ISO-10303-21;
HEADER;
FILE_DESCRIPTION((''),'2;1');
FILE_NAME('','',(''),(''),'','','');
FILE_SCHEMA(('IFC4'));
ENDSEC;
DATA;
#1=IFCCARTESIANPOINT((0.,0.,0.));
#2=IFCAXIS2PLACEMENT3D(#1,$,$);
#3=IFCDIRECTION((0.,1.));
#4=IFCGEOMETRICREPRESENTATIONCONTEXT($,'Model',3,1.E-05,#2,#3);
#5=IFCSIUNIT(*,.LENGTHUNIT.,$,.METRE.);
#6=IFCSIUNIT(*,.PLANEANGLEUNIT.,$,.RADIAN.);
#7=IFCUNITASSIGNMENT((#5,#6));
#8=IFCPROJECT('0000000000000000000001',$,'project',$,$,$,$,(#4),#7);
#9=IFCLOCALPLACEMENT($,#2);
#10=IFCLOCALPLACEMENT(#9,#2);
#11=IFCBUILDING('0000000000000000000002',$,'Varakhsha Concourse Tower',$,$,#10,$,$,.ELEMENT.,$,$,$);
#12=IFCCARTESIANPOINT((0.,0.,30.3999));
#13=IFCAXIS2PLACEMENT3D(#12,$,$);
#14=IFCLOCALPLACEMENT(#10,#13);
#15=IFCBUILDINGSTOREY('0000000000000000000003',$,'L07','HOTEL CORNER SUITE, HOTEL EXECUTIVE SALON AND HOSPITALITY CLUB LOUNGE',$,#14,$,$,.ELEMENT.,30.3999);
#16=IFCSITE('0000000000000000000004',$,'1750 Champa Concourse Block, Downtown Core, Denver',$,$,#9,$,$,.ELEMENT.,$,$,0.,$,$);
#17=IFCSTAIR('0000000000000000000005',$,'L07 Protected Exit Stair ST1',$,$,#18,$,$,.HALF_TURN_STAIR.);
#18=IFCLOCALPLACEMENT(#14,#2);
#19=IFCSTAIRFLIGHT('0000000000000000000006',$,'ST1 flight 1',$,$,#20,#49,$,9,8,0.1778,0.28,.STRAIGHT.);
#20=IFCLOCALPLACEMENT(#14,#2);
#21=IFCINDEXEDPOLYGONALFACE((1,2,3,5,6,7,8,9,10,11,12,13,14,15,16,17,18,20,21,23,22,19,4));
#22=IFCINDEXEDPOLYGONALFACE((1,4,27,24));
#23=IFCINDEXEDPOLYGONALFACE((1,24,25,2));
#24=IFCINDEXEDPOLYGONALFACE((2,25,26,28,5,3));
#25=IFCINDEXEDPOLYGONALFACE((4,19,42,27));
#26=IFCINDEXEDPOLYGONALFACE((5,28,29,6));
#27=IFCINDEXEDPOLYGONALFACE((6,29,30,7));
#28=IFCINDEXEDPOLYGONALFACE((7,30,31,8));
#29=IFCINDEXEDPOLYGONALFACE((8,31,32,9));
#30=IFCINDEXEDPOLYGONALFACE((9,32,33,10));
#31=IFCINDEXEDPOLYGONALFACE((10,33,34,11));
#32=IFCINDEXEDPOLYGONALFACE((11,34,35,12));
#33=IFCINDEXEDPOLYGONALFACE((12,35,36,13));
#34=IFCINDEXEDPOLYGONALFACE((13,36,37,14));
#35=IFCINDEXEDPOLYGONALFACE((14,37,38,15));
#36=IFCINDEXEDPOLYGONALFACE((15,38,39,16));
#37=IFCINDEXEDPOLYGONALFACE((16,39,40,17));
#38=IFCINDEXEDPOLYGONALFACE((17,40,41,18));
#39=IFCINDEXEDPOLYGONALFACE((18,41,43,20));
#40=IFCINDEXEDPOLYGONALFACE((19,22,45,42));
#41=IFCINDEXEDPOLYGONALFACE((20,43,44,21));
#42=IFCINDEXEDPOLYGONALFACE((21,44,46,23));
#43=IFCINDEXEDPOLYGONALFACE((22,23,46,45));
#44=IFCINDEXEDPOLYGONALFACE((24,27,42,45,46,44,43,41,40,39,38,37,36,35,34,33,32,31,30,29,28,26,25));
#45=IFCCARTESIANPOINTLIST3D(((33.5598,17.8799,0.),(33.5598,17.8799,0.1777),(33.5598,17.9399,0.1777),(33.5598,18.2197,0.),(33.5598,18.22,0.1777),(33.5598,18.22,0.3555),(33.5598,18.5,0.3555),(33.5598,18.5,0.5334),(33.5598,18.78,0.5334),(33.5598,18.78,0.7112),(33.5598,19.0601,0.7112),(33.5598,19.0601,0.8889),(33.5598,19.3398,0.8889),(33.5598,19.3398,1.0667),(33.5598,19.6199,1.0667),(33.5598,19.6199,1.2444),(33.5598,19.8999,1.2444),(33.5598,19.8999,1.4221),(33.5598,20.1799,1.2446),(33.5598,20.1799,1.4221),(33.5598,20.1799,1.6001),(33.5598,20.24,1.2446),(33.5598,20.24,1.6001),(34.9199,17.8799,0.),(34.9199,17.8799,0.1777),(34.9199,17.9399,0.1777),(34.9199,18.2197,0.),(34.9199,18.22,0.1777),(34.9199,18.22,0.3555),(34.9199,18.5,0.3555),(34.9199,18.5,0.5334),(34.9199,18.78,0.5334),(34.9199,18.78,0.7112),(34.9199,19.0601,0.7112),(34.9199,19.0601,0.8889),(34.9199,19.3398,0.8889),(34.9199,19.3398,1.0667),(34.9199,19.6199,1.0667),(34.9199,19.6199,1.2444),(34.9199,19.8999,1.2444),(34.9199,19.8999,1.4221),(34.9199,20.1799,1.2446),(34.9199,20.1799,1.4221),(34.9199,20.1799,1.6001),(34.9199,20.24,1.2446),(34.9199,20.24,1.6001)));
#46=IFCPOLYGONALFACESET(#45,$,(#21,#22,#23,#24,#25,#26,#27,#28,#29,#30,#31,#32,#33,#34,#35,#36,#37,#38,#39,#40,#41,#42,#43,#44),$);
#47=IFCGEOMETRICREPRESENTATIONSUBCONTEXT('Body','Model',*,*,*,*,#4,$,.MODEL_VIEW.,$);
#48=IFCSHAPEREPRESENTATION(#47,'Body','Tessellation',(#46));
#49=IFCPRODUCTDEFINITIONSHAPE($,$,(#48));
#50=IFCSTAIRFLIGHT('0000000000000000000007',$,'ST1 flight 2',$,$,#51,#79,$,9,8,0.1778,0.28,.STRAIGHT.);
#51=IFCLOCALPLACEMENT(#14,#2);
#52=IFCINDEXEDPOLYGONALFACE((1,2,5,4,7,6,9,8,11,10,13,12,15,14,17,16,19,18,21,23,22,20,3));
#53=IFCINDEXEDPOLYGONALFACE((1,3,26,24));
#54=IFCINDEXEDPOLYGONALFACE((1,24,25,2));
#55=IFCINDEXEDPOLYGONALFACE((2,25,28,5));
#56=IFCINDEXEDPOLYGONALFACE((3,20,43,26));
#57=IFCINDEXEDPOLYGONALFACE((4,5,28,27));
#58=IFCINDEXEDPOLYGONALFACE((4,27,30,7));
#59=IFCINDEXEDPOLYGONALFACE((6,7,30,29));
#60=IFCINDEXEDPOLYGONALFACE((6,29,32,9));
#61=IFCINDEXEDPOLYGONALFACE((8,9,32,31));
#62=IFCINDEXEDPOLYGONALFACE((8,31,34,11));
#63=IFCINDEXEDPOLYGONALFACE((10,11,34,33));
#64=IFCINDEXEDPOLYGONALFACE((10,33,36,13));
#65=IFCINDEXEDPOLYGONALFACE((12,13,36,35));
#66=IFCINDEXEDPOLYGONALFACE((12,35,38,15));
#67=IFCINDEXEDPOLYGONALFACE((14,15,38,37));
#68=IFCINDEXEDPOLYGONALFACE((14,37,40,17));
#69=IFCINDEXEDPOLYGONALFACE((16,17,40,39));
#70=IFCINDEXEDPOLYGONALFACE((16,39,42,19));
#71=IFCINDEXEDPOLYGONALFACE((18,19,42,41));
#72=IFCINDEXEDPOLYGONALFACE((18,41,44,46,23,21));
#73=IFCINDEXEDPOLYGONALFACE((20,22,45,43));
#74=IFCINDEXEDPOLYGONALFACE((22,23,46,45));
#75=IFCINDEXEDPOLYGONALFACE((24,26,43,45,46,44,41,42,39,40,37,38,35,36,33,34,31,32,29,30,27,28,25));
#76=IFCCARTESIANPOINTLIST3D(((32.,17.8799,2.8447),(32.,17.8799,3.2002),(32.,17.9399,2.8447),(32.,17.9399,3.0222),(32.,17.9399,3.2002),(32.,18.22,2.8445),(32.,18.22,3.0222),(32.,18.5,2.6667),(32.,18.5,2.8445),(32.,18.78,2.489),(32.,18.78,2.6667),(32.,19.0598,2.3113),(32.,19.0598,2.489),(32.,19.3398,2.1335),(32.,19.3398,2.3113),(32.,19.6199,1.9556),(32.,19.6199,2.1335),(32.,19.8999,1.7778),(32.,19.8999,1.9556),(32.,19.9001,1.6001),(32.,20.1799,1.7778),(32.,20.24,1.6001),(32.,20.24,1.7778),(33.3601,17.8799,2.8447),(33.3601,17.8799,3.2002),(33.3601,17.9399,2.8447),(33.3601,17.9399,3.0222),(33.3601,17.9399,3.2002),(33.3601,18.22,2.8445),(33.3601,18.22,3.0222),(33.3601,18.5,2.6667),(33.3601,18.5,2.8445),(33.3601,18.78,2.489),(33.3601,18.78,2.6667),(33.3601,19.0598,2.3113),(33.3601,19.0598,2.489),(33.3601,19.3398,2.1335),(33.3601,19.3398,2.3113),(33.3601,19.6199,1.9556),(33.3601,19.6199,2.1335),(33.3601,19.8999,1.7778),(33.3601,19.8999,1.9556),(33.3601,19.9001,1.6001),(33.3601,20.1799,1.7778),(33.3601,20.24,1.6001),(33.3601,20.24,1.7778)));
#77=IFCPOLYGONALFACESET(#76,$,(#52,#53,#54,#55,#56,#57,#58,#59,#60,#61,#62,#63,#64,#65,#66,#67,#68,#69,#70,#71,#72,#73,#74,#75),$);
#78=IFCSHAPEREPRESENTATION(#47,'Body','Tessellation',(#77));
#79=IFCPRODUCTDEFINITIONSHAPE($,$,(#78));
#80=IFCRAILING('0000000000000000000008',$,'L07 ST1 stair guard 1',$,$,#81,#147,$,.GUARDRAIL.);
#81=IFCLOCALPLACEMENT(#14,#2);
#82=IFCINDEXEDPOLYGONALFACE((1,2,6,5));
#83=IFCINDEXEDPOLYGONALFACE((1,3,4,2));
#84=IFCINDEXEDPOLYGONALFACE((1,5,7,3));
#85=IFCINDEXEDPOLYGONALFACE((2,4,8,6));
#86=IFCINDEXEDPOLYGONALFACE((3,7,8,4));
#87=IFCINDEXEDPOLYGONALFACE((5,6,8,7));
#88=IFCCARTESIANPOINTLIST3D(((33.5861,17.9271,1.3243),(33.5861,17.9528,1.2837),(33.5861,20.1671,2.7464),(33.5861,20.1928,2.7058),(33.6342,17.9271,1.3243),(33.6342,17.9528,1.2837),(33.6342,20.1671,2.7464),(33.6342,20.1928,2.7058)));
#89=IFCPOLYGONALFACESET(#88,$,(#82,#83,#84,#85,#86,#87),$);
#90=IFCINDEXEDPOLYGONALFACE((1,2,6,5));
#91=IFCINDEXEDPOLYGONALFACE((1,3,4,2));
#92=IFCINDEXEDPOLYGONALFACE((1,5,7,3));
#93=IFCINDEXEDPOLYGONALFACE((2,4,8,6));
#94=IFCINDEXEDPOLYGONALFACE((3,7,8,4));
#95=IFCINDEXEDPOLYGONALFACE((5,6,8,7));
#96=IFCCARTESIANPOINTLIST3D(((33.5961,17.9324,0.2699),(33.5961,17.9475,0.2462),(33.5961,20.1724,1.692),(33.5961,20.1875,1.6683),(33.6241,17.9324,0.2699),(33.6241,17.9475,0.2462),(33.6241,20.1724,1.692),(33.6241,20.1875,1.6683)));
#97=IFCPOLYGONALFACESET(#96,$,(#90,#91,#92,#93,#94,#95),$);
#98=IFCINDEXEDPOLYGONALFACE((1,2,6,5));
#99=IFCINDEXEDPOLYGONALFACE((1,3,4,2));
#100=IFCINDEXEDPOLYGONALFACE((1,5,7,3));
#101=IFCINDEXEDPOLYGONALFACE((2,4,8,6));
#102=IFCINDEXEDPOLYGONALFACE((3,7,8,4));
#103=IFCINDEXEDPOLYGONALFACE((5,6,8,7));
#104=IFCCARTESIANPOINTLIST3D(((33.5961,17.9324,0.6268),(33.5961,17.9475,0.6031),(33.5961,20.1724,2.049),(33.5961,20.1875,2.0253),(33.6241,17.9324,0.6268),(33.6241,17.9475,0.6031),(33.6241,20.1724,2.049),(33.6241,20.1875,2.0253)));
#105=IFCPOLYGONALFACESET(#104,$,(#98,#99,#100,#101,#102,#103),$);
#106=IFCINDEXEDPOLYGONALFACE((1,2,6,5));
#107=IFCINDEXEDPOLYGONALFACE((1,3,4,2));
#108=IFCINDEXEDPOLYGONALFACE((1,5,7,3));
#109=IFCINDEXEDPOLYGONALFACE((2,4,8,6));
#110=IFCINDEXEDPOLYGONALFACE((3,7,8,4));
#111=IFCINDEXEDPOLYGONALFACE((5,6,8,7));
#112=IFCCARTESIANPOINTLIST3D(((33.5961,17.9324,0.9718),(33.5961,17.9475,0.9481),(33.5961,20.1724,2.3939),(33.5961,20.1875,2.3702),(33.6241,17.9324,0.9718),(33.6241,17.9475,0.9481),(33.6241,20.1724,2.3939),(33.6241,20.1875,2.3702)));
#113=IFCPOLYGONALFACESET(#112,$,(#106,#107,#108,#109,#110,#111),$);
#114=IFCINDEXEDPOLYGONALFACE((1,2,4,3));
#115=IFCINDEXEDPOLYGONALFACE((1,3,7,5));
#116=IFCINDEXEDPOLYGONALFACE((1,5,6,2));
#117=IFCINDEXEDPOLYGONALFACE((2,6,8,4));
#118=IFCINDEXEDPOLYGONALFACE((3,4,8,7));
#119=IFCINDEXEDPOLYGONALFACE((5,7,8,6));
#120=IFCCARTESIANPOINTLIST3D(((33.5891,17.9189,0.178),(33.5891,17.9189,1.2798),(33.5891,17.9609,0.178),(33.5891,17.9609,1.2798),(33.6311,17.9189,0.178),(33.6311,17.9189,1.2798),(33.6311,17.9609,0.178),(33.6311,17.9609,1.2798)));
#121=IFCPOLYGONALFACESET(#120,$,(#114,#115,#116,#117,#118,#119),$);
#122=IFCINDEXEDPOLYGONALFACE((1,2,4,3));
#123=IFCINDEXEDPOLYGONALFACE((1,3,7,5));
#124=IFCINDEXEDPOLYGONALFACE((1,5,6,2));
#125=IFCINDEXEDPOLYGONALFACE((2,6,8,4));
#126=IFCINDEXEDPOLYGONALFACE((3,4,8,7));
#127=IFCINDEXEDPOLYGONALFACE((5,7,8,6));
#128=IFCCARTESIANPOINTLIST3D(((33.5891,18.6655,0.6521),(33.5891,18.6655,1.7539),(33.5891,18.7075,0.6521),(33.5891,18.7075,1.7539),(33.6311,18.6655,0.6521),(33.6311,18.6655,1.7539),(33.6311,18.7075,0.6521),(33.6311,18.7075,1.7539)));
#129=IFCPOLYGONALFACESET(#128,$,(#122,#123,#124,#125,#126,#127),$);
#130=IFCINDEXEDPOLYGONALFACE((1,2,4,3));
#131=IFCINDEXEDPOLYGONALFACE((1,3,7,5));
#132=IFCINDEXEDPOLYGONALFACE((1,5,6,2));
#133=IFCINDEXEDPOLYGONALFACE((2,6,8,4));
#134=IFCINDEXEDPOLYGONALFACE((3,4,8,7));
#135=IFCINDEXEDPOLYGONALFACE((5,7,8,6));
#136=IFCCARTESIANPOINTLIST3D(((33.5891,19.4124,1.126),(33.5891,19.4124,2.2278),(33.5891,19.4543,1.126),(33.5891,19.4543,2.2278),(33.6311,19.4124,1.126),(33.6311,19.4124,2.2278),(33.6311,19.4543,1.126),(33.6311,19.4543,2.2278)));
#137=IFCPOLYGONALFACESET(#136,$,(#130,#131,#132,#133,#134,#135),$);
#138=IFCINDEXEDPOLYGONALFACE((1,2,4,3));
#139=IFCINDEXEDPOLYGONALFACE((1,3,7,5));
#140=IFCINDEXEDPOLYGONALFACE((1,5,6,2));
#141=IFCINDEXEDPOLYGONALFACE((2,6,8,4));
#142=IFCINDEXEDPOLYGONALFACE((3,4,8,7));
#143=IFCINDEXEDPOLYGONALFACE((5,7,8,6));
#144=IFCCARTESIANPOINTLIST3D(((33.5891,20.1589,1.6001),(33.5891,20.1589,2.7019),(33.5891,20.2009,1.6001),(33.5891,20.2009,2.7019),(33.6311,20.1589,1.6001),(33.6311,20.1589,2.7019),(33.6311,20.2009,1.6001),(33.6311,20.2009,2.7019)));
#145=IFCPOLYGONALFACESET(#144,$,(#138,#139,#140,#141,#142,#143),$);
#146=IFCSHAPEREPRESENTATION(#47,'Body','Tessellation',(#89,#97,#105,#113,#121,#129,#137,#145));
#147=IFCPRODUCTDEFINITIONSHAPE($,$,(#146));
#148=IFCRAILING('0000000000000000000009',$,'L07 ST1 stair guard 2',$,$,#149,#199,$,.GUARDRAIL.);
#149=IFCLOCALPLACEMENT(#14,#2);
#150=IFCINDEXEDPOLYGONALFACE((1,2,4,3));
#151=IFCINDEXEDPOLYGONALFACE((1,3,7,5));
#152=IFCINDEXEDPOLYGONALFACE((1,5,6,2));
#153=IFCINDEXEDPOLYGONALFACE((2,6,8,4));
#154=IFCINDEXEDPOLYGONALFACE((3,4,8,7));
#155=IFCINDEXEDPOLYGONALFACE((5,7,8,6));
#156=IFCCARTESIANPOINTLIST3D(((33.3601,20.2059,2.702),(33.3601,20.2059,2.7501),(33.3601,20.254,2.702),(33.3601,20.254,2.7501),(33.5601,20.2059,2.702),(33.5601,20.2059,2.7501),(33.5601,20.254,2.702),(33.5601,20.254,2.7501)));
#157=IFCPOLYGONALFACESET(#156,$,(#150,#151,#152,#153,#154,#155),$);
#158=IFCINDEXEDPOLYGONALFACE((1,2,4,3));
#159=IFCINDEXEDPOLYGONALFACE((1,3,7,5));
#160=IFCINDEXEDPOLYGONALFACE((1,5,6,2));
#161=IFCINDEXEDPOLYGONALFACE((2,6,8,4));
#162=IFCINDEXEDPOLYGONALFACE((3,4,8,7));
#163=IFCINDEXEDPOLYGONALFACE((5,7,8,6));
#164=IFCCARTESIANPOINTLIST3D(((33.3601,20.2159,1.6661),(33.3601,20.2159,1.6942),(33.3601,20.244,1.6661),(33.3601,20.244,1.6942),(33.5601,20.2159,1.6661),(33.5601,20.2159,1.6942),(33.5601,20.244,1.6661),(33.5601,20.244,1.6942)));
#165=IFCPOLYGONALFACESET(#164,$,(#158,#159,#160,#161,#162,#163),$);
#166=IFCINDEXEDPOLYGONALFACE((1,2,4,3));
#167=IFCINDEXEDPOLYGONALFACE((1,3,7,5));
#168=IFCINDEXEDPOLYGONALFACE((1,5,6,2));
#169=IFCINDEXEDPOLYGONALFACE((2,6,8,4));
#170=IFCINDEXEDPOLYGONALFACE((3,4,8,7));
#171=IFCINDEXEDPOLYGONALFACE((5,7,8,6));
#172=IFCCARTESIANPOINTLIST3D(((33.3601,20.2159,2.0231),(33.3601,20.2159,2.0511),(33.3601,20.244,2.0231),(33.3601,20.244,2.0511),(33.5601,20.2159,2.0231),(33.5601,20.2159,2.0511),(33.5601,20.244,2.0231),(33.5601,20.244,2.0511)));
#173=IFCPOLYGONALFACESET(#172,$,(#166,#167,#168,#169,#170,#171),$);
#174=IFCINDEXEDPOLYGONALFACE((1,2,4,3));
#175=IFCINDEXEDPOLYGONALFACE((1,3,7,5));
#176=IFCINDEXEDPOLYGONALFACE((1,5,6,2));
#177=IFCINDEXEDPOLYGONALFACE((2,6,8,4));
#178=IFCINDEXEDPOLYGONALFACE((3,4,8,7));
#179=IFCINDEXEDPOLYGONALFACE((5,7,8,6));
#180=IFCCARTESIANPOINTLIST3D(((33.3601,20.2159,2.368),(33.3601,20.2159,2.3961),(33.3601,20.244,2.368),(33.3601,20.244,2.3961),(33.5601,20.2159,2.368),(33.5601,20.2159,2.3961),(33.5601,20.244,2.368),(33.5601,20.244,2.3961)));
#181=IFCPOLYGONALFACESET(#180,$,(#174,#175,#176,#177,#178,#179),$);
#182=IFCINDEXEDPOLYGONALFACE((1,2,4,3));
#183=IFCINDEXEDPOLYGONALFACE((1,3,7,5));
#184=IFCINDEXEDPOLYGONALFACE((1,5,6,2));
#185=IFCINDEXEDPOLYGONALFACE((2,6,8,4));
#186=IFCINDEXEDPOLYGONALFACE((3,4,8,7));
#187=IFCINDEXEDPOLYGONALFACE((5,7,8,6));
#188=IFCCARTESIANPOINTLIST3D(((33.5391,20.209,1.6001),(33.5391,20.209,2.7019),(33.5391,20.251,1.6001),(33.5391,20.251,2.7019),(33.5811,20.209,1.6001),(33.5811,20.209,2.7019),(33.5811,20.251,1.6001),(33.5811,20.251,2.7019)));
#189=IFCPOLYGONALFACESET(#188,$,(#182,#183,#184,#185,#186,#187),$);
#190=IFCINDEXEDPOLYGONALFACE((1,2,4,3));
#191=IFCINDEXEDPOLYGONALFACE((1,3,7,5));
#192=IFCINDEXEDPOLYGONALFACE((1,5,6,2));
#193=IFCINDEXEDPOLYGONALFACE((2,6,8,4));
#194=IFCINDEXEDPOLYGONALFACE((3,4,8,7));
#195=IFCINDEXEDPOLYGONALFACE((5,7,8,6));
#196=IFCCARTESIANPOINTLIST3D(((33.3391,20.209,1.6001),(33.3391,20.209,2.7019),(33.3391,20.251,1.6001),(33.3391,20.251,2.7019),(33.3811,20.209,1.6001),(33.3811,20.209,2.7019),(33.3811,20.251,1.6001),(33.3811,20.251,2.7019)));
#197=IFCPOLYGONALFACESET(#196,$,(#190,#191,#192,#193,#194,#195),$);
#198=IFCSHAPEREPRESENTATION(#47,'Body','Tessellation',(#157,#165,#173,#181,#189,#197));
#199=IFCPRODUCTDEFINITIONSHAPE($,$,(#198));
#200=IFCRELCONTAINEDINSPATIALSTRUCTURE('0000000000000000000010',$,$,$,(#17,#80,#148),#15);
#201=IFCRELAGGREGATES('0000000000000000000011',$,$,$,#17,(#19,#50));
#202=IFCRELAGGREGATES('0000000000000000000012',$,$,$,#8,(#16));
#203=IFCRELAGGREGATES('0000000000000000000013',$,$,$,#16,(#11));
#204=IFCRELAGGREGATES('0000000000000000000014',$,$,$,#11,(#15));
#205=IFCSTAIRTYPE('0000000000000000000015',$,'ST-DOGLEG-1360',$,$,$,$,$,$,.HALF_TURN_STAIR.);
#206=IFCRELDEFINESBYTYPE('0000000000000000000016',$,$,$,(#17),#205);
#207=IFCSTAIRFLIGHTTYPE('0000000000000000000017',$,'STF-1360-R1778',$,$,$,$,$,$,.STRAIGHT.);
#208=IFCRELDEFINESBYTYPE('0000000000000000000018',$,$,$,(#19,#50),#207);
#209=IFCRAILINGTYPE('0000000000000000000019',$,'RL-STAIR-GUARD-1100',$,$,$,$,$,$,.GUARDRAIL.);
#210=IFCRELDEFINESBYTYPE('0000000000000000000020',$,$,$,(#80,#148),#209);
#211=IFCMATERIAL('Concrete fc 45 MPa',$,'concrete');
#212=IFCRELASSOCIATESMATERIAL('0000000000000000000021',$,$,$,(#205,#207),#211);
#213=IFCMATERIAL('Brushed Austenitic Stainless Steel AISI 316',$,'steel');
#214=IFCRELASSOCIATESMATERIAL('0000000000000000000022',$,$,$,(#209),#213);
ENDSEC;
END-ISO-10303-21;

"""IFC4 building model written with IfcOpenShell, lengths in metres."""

from ifc_helpers import new_model, si_unit, direction, frame, origin, origin_2d, place, context, subcontext, project, spatial, polyline, rectangle, outline, extrude, material, type_object, element, aggregate, save


model = new_model("IFC4")

# Units and contexts
model_context = context("Model", 3, precision=1e-05, world=origin(), true_north=direction((0.0, 1.0)))
body_context = subcontext(model_context, "Body", "Model", "MODEL_VIEW")
ifc_project = project(units=[si_unit("LENGTHUNIT", "METRE"), si_unit("PLANEANGLEUNIT", "RADIAN")], contexts=[model_context])

# Site, building, storey
site_placement = place(None, origin())
site = spatial("IfcSite", under=ifc_project, at=site_placement, Name="1750 Champa Concourse Block, Downtown Core, Denver", CompositionType="ELEMENT", RefElevation=0.0)
building_placement = place(site_placement, origin())
building = spatial("IfcBuilding", under=site, at=building_placement, Name="Varakhsha Concourse Tower", CompositionType="ELEMENT")
storey_placement = place(building_placement, frame((0.0, 0.0, 30.3999)))
storey = spatial("IfcBuildingStorey", under=building, at=storey_placement, Name="L07", Description="HOTEL CORNER SUITE, HOTEL EXECUTIVE SALON AND HOSPITALITY CLUB LOUNGE", CompositionType="ELEMENT", Elevation=30.3999)

# Shared definitions
ifc_material_1 = material(Name="Brushed Austenitic Stainless Steel AISI 316", Category="steel")

# Shared definitions
ifc_material_2 = material(Name="Concrete fc 45 MPa", Category="concrete")

# Stair, stair flights
stair_type = type_object("IfcStairType", Name="ST-DOGLEG-1360", PredefinedType="HALF_TURN_STAIR", material=ifc_material_2)
stair_placement = place(storey_placement, origin())
stair = element("IfcStair", 1, at=stair_placement, inside=storey, type_object=stair_type, Name="L07 Protected Exit Stair ST1", PredefinedType="HALF_TURN_STAIR")
stair_flight_type = type_object("IfcStairFlightType", Name="STF-1360-R1778", PredefinedType="STRAIGHT", material=ifc_material_2)
stair_flight_1_placement = place(storey_placement, frame((34.24, 17.9399, 0.0), z_axis=(0.0, 0.0, 1.0), x_axis=(0.0, 1.0, 0.0)))
stair_flight_1 = element("IfcStairFlight", 2, at=stair_flight_1_placement, type_object=stair_flight_type, Name="ST1 flight 1", NumberOfRisers=9, NumberOfTreads=8, PredefinedType="STRAIGHT", RiserHeight=0.1778, TreadLength=0.28, context=body_context, shape_type="SweptSolid", body=[
    extrude(outline(polyline([(-0.0601, 0.0), (-0.0601, 0.1777), (0.0, 0.1777), (0.28, 0.1777), (0.28, 0.3555), (0.5601, 0.3555), (0.5601, 0.5334), (0.8401, 0.5334), (0.8401, 0.7112), (1.1201, 0.7112), (1.1201, 0.8889), (1.3999, 0.8889), (1.3999, 1.0667), (1.6799, 1.0667), (1.6799, 1.2444), (1.96, 1.2444), (1.96, 1.4221), (2.24, 1.4221), (2.24, 1.6001), (2.3, 1.6001), (2.3, 1.2446), (2.24, 1.2446), (0.2798, 0.0), (-0.0601, 0.0)])), frame((0.0, 0.6802, 0.0), z_axis=(0.0, -1.0, 0.0), x_axis=(1.0, 0.0, 0.0)), (0.0, 0.0, 1.0), 1.3601),
])
stair_flight_2_placement = place(storey_placement, frame((32.6799, 20.1799, 1.6001), z_axis=(0.0, 0.0, 1.0), x_axis=(0.0, -1.0, 0.0)))
stair_flight_2 = element("IfcStairFlight", 3, at=stair_flight_2_placement, type_object=stair_flight_type, Name="ST1 flight 2", NumberOfRisers=9, NumberOfTreads=8, PredefinedType="STRAIGHT", RiserHeight=0.1778, TreadLength=0.28, context=body_context, shape_type="SweptSolid", body=[
    extrude(outline(polyline([(-0.0601, 0.0), (-0.0601, 0.1777), (0.0, 0.1777), (0.28, 0.1777), (0.28, 0.3555), (0.5601, 0.3555), (0.5601, 0.5334), (0.8401, 0.5334), (0.8401, 0.7112), (1.1201, 0.7112), (1.1201, 0.8889), (1.3999, 0.8889), (1.3999, 1.0667), (1.6799, 1.0667), (1.6799, 1.2444), (1.96, 1.2444), (1.96, 1.4221), (2.24, 1.4221), (2.24, 1.6001), (2.3, 1.6001), (2.3, 1.2446), (2.24, 1.2446), (0.2798, 0.0), (-0.0601, 0.0)])), frame((0.0, 0.6802, 0.0), z_axis=(0.0, -1.0, 0.0), x_axis=(1.0, 0.0, 0.0)), (0.0, 0.0, 1.0), 1.3601),
])
aggregate(stair, [stair_flight_1, stair_flight_2])

# Railings
railing_type_1 = type_object("IfcRailingType", Name="RL-STAIR-GUARD-1100", PredefinedType="GUARDRAIL", material=ifc_material_1)
railing_1_placement = place(storey_placement, frame((33.6101, 17.9399, 0.178)))
element("IfcRailing", 4, at=railing_1_placement, inside=storey, type_object=railing_type_1, Name="L07 ST1 stair guard 1", PredefinedType="GUARDRAIL", context=body_context, shape_type="SweptSolid", body=[
    extrude(rectangle(XDim=0.0481, YDim=0.0481, at=origin_2d()), frame((0.0, 0.0, 1.126), z_axis=(0.0, 0.844229, 0.535982), x_axis=(-1.0, 0.0, 0.0)), (0.0, 0.0, 1.0), 2.6533),
    extrude(rectangle(XDim=0.0281, YDim=0.0281, at=origin_2d()), frame((0.0, 0.0, 0.0801), z_axis=(0.0, 0.844229, 0.535982), x_axis=(-1.0, 0.0, 0.0)), (0.0, 0.0, 1.0), 2.6533),
    extrude(rectangle(XDim=0.0281, YDim=0.0281, at=origin_2d()), frame((0.0, 0.0, 0.437), z_axis=(0.0, 0.844229, 0.535982), x_axis=(-1.0, 0.0, 0.0)), (0.0, 0.0, 1.0), 2.6533),
    extrude(rectangle(XDim=0.0281, YDim=0.0281, at=origin_2d()), frame((0.0, 0.0, 0.782), z_axis=(0.0, 0.844229, 0.535982), x_axis=(-1.0, 0.0, 0.0)), (0.0, 0.0, 1.0), 2.6533),
    extrude(rectangle(XDim=0.042, YDim=0.042, at=origin_2d()), origin(), (0.0, 0.0, 1.0), 1.1018),
    extrude(rectangle(XDim=0.042, YDim=0.042, at=origin_2d()), frame((0.0, 0.7466, 0.4741)), (0.0, 0.0, 1.0), 1.1018),
    extrude(rectangle(XDim=0.042, YDim=0.042, at=origin_2d()), frame((0.0, 1.4934, 0.948)), (0.0, 0.0, 1.0), 1.1018),
    extrude(rectangle(XDim=0.042, YDim=0.042, at=origin_2d()), frame((0.0, 2.24, 1.4221)), (0.0, 0.0, 1.0), 1.1018),
])
railing_2_placement = place(storey_placement, frame((33.5601, 20.23, 1.6001)))
element("IfcRailing", 5, at=railing_2_placement, inside=storey, type_object=railing_type_1, Name="L07 ST1 stair guard 2", PredefinedType="GUARDRAIL", context=body_context, shape_type="SweptSolid", body=[
    extrude(rectangle(XDim=0.0481, YDim=0.0481, at=origin_2d()), frame((0.0, 0.0, 1.126), z_axis=(-1.0, 0.0, 0.0), x_axis=(0.0, -1.0, 0.0)), (0.0, 0.0, 1.0), 0.2),
    extrude(rectangle(XDim=0.0281, YDim=0.0281, at=origin_2d()), frame((0.0, 0.0, 0.0801), z_axis=(-1.0, 0.0, 0.0), x_axis=(0.0, -1.0, 0.0)), (0.0, 0.0, 1.0), 0.2),
    extrude(rectangle(XDim=0.0281, YDim=0.0281, at=origin_2d()), frame((0.0, 0.0, 0.437), z_axis=(-1.0, 0.0, 0.0), x_axis=(0.0, -1.0, 0.0)), (0.0, 0.0, 1.0), 0.2),
    extrude(rectangle(XDim=0.0281, YDim=0.0281, at=origin_2d()), frame((0.0, 0.0, 0.782), z_axis=(-1.0, 0.0, 0.0), x_axis=(0.0, -1.0, 0.0)), (0.0, 0.0, 1.0), 0.2),
    extrude(rectangle(XDim=0.042, YDim=0.042, at=origin_2d()), origin(), (0.0, 0.0, 1.0), 1.1018),
    extrude(rectangle(XDim=0.042, YDim=0.042, at=origin_2d()), frame((-0.2, 0.0, 0.0)), (0.0, 0.0, 1.0), 1.1018),
])

save(model, "model.ifc")
